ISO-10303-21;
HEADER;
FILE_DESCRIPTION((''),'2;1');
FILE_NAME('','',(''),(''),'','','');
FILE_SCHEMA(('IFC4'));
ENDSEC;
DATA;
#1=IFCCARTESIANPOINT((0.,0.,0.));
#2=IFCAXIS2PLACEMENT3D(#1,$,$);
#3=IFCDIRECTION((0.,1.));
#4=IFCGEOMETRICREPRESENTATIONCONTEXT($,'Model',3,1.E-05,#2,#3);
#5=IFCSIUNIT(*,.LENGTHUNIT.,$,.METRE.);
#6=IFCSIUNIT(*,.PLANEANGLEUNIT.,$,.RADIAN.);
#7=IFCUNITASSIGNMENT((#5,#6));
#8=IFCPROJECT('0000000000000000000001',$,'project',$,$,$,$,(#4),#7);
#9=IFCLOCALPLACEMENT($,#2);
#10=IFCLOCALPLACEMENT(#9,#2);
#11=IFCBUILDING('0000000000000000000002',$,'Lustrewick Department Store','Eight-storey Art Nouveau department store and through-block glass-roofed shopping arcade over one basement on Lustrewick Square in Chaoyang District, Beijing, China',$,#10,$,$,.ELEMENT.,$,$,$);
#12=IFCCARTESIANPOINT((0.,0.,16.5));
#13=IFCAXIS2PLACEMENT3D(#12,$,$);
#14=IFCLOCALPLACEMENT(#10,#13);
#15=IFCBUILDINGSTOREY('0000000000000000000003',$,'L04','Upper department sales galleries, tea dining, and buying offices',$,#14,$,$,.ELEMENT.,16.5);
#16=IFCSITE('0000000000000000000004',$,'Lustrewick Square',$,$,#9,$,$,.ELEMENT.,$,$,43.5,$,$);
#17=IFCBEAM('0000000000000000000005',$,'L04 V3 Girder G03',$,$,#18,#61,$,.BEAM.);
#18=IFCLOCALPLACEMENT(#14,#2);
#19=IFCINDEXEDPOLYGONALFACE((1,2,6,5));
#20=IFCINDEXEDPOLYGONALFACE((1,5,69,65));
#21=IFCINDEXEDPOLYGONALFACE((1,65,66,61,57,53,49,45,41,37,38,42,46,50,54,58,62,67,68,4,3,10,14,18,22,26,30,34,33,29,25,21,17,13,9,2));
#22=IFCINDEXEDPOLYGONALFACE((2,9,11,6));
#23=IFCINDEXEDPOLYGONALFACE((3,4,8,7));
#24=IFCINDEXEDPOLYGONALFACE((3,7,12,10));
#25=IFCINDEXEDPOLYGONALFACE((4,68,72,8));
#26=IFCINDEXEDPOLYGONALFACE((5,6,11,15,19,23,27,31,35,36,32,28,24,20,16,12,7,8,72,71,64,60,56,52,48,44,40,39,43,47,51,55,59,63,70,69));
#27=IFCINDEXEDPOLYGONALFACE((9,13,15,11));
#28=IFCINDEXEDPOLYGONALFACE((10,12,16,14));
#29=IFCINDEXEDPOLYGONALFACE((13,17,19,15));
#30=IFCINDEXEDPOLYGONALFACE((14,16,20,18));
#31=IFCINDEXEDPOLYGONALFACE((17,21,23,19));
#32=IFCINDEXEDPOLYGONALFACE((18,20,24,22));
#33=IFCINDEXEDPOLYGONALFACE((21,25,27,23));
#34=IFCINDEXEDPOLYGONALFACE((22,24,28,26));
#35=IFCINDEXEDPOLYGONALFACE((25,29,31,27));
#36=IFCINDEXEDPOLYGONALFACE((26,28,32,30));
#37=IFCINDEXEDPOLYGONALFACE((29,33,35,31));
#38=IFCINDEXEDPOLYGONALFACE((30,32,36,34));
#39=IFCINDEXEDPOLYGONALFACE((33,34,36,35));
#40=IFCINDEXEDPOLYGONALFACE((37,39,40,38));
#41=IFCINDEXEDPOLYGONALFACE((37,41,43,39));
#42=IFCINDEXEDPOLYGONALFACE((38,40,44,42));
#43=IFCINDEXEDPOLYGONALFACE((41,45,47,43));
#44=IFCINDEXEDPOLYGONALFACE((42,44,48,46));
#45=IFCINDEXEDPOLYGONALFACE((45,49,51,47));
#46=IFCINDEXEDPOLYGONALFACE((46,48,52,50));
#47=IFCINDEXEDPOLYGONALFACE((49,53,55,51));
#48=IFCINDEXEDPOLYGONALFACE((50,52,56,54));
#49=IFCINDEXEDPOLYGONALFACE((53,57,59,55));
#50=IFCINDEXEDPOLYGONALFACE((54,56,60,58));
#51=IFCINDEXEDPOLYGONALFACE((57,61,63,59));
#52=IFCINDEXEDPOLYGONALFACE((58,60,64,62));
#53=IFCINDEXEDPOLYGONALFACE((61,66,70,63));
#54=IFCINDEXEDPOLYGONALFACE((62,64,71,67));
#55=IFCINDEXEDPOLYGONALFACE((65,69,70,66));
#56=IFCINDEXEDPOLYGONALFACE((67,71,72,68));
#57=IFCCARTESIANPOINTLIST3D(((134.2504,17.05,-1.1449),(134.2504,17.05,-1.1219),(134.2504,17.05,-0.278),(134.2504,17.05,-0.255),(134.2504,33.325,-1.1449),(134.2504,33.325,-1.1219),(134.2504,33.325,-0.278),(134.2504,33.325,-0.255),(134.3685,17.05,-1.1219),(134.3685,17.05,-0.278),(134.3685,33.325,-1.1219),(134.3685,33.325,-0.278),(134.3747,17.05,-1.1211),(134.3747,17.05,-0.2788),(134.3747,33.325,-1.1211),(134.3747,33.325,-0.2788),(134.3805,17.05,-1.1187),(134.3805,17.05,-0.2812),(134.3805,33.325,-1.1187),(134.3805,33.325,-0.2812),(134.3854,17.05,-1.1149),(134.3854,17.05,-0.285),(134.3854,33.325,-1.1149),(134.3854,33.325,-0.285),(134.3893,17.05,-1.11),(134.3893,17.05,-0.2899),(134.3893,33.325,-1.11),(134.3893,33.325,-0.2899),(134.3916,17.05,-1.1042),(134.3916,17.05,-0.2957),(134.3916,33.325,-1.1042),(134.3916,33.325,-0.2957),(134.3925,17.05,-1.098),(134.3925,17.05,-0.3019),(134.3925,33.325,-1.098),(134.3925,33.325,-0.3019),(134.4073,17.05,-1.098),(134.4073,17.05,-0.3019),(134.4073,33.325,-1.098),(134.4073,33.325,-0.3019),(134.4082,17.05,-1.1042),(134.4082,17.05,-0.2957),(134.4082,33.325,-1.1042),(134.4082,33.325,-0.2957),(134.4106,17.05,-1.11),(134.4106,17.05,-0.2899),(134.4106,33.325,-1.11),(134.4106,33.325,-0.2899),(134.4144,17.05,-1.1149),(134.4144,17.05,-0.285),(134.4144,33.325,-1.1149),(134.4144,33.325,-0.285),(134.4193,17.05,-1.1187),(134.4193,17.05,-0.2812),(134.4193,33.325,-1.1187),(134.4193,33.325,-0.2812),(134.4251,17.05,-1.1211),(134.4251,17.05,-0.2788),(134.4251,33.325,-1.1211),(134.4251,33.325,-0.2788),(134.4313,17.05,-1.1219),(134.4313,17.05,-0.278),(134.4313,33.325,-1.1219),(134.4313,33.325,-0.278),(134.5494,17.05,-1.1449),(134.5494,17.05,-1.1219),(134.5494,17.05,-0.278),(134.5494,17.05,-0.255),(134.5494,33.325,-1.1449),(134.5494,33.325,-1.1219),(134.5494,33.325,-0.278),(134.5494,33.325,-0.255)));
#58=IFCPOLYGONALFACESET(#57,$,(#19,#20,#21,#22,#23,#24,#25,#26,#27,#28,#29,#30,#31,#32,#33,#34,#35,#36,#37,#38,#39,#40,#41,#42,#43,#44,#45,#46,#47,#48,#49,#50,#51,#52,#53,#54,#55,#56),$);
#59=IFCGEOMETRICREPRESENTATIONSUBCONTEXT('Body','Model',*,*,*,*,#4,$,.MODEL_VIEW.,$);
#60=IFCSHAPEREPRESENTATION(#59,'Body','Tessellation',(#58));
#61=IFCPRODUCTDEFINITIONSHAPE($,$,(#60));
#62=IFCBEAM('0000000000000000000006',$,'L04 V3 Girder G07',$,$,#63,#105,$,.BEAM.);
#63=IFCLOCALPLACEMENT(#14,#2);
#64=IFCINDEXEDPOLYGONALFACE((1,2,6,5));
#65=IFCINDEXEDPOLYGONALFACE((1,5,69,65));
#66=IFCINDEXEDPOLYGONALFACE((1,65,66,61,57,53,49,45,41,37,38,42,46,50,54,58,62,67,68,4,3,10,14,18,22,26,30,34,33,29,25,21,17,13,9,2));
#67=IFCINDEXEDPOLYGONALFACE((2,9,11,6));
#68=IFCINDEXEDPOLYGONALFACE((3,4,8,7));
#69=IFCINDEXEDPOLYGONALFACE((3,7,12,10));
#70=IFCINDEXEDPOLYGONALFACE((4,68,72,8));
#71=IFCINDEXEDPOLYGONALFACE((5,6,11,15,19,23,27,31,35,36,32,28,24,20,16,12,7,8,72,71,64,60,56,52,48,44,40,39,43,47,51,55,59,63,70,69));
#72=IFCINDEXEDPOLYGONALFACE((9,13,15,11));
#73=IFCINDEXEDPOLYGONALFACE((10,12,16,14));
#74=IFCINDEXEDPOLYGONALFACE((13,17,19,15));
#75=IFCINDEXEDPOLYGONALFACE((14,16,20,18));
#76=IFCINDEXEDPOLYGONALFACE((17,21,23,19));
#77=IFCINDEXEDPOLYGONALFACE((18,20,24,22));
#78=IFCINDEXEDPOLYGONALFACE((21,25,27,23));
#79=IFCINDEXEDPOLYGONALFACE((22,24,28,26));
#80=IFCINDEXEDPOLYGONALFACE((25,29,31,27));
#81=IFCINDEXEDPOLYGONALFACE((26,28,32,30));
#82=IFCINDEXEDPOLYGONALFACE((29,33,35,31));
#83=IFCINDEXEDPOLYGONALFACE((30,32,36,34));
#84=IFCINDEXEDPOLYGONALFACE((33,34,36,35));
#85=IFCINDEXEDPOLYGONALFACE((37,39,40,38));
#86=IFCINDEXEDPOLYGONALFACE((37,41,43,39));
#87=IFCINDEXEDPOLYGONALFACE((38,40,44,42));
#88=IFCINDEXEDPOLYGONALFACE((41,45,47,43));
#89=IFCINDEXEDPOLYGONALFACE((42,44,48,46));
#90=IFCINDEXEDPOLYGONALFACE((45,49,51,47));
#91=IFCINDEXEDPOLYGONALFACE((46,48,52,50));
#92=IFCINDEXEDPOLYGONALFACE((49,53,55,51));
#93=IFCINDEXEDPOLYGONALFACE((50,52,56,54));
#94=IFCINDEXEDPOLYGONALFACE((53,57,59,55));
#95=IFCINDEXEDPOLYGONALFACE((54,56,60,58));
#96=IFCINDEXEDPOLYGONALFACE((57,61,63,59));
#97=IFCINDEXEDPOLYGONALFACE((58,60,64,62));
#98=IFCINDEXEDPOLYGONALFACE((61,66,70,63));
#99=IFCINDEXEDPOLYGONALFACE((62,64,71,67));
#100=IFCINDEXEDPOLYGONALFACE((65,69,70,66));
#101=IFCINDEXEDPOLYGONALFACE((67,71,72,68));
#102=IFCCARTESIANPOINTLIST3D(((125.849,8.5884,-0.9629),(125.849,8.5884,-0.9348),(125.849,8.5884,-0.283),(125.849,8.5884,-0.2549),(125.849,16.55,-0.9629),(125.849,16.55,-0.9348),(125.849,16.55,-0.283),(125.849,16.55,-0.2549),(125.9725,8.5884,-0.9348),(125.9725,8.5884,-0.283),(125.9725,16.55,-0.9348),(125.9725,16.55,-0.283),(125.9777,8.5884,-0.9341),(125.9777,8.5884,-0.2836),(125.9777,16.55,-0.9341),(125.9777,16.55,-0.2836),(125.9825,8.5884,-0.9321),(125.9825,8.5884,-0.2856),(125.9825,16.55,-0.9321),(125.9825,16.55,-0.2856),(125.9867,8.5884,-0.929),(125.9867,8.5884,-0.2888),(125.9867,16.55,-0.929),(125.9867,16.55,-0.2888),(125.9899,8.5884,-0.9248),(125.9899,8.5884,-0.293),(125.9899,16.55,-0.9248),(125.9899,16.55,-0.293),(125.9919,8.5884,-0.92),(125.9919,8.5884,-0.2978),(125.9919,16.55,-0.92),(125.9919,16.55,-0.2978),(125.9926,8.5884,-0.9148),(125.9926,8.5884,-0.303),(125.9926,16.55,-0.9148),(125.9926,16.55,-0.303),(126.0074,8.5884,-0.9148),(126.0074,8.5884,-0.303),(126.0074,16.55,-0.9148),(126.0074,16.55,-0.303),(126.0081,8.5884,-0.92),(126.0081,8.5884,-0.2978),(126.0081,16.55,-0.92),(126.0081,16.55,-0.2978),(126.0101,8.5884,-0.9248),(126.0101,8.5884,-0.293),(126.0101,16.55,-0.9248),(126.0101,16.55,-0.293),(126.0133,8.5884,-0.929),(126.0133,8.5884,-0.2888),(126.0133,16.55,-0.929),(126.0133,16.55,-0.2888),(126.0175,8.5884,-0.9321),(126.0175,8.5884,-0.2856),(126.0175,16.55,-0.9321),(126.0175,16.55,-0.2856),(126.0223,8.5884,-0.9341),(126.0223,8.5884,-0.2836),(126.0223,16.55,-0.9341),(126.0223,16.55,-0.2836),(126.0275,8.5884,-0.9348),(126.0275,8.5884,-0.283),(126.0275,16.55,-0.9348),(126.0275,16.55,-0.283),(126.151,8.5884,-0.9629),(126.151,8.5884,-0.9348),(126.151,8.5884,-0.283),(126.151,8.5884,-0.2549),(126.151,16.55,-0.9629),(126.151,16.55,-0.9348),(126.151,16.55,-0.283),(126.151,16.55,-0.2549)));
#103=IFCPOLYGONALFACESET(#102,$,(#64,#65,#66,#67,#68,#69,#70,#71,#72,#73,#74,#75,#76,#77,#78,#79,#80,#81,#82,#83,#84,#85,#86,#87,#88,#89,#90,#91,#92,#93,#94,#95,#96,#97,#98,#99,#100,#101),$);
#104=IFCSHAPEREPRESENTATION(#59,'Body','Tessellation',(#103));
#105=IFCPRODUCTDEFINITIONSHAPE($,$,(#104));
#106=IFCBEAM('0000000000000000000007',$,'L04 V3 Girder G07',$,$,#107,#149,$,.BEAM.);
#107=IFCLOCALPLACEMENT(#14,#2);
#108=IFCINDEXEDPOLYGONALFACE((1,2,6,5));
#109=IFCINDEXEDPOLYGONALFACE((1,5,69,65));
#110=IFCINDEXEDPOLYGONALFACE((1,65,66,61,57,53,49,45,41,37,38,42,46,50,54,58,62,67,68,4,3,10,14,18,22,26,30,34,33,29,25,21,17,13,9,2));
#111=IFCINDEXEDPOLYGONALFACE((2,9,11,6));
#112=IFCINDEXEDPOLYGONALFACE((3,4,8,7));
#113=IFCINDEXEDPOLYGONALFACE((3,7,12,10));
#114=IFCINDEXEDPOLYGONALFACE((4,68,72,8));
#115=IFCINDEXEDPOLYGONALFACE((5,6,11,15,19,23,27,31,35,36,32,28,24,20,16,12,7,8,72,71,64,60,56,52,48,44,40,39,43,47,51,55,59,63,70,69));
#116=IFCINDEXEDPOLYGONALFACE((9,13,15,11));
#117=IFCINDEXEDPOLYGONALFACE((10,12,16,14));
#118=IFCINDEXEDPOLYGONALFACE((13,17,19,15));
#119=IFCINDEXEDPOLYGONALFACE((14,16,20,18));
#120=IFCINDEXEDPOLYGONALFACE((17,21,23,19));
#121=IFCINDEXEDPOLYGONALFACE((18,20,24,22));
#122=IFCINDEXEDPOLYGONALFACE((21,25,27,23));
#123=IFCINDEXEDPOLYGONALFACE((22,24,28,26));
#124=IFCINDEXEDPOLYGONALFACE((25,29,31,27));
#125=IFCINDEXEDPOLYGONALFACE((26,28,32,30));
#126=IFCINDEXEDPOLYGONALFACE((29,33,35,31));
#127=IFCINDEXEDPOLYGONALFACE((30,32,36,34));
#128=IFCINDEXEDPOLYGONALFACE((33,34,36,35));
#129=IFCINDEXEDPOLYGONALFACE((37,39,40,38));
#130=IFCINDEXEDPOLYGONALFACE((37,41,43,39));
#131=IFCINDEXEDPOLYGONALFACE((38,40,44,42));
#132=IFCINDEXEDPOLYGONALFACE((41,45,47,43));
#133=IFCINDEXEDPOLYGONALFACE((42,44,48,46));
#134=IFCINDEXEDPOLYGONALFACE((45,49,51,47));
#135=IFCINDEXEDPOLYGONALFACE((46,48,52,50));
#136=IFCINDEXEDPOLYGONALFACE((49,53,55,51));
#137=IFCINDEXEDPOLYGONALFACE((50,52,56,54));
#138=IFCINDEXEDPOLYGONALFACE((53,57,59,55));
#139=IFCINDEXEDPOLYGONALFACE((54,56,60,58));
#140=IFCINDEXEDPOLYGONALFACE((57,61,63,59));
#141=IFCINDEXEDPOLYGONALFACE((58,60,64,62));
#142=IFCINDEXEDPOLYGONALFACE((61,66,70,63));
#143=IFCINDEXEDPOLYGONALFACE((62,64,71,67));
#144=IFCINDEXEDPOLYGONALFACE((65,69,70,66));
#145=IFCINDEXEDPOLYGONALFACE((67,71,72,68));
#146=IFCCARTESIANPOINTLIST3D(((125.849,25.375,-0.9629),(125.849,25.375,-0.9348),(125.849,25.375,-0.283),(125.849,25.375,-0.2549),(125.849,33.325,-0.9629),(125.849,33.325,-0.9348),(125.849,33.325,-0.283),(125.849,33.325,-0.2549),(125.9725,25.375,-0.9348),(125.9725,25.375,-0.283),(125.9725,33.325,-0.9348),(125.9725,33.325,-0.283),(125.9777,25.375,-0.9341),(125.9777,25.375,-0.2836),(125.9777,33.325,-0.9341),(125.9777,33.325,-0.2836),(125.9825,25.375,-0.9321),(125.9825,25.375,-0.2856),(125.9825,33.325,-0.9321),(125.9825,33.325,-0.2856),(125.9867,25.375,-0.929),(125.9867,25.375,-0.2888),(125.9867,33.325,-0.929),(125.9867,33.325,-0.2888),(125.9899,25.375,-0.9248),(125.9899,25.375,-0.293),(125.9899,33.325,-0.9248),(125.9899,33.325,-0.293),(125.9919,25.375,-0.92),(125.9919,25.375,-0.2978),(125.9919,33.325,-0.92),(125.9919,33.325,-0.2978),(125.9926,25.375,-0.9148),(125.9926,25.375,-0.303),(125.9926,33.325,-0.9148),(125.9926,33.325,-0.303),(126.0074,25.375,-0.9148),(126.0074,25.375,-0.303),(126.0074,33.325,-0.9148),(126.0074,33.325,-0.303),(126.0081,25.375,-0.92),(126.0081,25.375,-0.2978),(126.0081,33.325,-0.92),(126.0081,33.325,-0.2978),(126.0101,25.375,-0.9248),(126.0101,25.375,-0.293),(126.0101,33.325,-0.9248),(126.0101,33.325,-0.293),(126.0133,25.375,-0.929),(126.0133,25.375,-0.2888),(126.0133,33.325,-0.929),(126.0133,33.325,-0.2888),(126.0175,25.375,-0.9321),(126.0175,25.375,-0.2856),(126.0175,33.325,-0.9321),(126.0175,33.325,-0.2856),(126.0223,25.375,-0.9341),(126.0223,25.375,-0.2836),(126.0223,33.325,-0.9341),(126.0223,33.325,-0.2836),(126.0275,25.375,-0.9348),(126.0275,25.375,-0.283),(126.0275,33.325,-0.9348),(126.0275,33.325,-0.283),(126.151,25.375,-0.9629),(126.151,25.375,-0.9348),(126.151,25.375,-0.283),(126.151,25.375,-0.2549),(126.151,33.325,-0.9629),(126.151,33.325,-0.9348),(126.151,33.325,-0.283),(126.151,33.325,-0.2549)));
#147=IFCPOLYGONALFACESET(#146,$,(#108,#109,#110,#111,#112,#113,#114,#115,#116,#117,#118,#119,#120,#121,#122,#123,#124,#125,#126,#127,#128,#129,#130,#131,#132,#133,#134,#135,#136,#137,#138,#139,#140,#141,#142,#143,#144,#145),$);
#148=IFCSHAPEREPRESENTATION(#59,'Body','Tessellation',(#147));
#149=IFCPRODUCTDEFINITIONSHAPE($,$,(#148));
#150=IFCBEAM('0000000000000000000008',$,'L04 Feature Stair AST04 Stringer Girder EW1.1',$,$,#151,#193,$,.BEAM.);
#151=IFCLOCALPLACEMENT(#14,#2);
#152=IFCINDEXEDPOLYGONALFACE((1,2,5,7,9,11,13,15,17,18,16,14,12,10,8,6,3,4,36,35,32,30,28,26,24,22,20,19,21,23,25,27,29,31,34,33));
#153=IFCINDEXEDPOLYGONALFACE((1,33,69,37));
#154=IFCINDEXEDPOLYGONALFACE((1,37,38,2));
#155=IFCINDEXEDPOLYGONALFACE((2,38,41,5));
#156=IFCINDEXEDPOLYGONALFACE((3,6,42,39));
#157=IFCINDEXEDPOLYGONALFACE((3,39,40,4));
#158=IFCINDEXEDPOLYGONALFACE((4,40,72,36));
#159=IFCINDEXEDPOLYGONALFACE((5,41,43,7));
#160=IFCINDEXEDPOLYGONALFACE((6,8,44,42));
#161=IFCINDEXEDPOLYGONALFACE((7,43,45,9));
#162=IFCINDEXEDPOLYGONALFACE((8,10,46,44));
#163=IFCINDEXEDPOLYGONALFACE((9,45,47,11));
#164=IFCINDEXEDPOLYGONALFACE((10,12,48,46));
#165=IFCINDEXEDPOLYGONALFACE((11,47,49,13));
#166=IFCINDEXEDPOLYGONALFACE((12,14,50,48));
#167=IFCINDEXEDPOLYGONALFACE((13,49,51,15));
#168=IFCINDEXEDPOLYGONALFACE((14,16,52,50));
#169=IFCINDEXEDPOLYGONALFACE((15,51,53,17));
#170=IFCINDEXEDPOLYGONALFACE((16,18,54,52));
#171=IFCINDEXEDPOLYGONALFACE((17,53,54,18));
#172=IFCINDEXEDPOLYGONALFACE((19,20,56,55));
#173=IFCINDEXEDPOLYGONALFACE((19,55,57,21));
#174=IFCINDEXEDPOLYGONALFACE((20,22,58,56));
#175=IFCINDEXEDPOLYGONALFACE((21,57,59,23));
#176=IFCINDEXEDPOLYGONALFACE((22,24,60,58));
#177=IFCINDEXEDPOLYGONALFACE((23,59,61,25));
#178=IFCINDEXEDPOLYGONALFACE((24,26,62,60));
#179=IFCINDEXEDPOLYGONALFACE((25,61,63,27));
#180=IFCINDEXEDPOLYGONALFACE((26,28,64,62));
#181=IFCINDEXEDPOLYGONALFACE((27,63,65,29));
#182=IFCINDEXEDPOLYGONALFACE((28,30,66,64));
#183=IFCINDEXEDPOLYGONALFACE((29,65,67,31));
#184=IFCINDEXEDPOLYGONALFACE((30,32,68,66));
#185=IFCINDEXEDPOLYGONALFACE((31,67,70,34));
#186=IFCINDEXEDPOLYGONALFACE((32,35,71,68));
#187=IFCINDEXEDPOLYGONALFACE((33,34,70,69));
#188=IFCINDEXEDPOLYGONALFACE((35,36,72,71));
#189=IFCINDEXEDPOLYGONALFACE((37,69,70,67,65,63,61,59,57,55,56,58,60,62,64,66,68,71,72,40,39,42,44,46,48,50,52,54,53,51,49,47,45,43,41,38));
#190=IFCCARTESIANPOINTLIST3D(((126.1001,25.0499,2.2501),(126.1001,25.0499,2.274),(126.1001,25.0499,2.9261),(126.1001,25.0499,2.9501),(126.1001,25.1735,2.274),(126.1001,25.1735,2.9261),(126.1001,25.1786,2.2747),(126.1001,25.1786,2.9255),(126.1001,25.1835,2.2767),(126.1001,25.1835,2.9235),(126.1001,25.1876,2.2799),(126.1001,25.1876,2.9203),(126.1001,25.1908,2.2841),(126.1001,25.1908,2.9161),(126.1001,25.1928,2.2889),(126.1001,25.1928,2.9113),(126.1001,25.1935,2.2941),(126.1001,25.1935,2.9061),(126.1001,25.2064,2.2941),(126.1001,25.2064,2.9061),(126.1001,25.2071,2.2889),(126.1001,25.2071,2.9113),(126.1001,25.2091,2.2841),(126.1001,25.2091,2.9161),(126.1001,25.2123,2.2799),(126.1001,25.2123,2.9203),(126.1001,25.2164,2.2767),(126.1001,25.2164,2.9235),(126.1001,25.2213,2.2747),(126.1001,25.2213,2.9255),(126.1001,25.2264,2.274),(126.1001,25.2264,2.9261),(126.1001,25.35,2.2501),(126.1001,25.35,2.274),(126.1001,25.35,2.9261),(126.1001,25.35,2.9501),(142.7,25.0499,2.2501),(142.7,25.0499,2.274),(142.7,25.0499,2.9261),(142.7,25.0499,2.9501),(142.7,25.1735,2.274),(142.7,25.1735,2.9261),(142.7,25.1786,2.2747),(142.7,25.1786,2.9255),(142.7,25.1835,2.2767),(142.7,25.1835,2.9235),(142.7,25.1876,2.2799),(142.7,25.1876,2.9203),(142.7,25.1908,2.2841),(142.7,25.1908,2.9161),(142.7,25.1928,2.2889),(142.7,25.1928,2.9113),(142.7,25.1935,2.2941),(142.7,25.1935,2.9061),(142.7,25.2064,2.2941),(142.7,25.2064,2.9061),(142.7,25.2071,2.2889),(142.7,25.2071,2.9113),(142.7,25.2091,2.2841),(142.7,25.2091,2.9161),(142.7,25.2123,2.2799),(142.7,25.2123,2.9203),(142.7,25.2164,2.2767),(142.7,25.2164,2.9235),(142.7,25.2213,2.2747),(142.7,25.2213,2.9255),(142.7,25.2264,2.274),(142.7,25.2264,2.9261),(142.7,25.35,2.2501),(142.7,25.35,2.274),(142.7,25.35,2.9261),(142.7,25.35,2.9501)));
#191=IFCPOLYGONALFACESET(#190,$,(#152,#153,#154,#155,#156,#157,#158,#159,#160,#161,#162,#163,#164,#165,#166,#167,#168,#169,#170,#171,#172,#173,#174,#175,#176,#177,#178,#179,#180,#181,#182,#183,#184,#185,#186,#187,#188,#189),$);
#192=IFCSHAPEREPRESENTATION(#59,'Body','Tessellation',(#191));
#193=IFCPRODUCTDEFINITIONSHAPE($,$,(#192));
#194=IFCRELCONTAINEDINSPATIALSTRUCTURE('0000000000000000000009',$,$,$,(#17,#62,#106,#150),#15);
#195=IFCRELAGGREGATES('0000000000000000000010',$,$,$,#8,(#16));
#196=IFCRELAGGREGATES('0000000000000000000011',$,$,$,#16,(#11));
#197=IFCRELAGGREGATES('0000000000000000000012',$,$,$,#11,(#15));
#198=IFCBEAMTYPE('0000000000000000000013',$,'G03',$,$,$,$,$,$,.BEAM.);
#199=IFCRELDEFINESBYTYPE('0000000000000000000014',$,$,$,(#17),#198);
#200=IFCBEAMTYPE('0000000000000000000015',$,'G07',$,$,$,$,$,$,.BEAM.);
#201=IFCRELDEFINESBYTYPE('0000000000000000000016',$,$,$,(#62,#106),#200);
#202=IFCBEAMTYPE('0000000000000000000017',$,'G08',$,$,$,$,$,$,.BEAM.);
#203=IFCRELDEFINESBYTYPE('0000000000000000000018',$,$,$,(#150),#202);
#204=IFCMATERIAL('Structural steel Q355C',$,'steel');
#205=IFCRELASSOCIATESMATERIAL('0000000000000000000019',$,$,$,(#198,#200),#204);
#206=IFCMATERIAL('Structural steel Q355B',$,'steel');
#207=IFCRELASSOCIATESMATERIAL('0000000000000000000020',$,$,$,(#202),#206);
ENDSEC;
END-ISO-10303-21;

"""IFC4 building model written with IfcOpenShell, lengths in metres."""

from ifc_helpers import new_model, si_unit, direction, frame, origin, origin_2d, place, context, subcontext, project, spatial, i_section, extrude, material, material_profile, profile_set, type_object, element, save


model = new_model("IFC4")

# Units and contexts
model_context = context("Model", 3, precision=1e-05, world=origin(), true_north=direction((0.0, 1.0)))
body_context = subcontext(model_context, "Body", "Model", "MODEL_VIEW")
ifc_project = project(units=[si_unit("LENGTHUNIT", "METRE"), si_unit("PLANEANGLEUNIT", "RADIAN")], contexts=[model_context])

# Site, building, storey
site_placement = place(None, origin())
site = spatial("IfcSite", under=ifc_project, at=site_placement, Name="Lustrewick Square", CompositionType="ELEMENT", RefElevation=43.5)
building_placement = place(site_placement, origin())
building = spatial("IfcBuilding", under=site, at=building_placement, Name="Lustrewick Department Store", Description="Eight-storey Art Nouveau department store and through-block glass-roofed shopping arcade over one basement on Lustrewick Square in Chaoyang District, Beijing, China", CompositionType="ELEMENT")
storey_placement = place(building_placement, frame((0.0, 0.0, 16.5)))
storey = spatial("IfcBuildingStorey", under=building, at=storey_placement, Name="L04", Description="Upper department sales galleries, tea dining, and buying offices", CompositionType="ELEMENT", Elevation=16.5)

# Shared definitions
ifc_material_1 = material(Name="Structural steel Q355C", Category="steel")

# Beams
ifc_material_2 = material(Name="Structural steel Q355B", Category="steel")
ifc_material_profile_1 = material_profile(ifc_material_1, i_section(OverallWidth=0.2991, OverallDepth=0.8899, WebThickness=0.0149, FlangeThickness=0.0229, FilletRadius=0.0239, at=origin_2d()), Name="HN 890x299x15x23")
ifc_profile_set_1 = profile_set([ifc_material_profile_1], Name="Structural steel Q355C")
beam_type_1 = type_object("IfcBeamType", Name="G03", PredefinedType="BEAM", material=ifc_profile_set_1)
beam_1_placement = place(storey_placement, frame((134.3999, 17.05, -0.7), z_axis=(0.0, 1.0, 0.0), x_axis=(-1.0, 0.0, 0.0)))
element("IfcBeam", 1, at=beam_1_placement, inside=storey, type_object=beam_type_1, Name="L04 V3 Girder G03", PredefinedType="BEAM", context=body_context, shape_type="SweptSolid", body=[
    extrude(i_section(OverallWidth=0.2991, OverallDepth=0.8899, WebThickness=0.0149, FlangeThickness=0.0229, FilletRadius=0.0239, at=origin_2d()), origin(), (0.0, 0.0, 1.0), 16.2749),
])
ifc_material_profile_2 = material_profile(ifc_material_1, i_section(OverallWidth=0.302, OverallDepth=0.708, WebThickness=0.0149, FlangeThickness=0.0281, FilletRadius=0.02, at=origin_2d()), Name="HN 708x302x15x28")
ifc_profile_set_2 = profile_set([ifc_material_profile_2], Name="Structural steel Q355C")
beam_type_2 = type_object("IfcBeamType", Name="G07", PredefinedType="BEAM", material=ifc_profile_set_2)
beam_2_placement = place(storey_placement, frame((126.0, 8.5884, -0.6089), z_axis=(0.0, 1.0, 0.0), x_axis=(-1.0, 0.0, 0.0)))
element("IfcBeam", 2, at=beam_2_placement, inside=storey, type_object=beam_type_2, Name="L04 V3 Girder G07", PredefinedType="BEAM", context=body_context, shape_type="SweptSolid", body=[
    extrude(i_section(OverallWidth=0.302, OverallDepth=0.708, WebThickness=0.0149, FlangeThickness=0.0281, FilletRadius=0.02, at=origin_2d()), origin(), (0.0, 0.0, 1.0), 7.9617),
])
beam_3_placement = place(storey_placement, frame((126.0, 25.375, -0.6089), z_axis=(0.0, 1.0, 0.0), x_axis=(-1.0, 0.0, 0.0)))
element("IfcBeam", 3, at=beam_3_placement, inside=storey, type_object=beam_type_2, Name="L04 V3 Girder G07", PredefinedType="BEAM", context=body_context, shape_type="SweptSolid", body=[
    extrude(i_section(OverallWidth=0.302, OverallDepth=0.708, WebThickness=0.0149, FlangeThickness=0.0281, FilletRadius=0.02, at=origin_2d()), origin(), (0.0, 0.0, 1.0), 7.95),
])
ifc_material_profile_3 = material_profile(ifc_material_2, i_section(OverallWidth=0.3, OverallDepth=0.7, WebThickness=0.0129, FlangeThickness=0.0239, FilletRadius=0.02, at=origin_2d()), Name="HN 700x300x13x24")
ifc_profile_set_3 = profile_set([ifc_material_profile_3], Name="Structural steel Q355B")
beam_type_3 = type_object("IfcBeamType", Name="G08", PredefinedType="BEAM", material=ifc_profile_set_3)
beam_4_placement = place(storey_placement, frame((126.1001, 25.2, 2.6001), z_axis=(1.0, 0.0, 0.0), x_axis=(0.0, 1.0, 0.0)))
element("IfcBeam", 4, at=beam_4_placement, inside=storey, type_object=beam_type_3, Name="L04 Feature Stair AST04 Stringer Girder EW1.1", PredefinedType="BEAM", context=body_context, shape_type="SweptSolid", body=[
    extrude(i_section(OverallWidth=0.3, OverallDepth=0.7, WebThickness=0.0129, FlangeThickness=0.0239, FilletRadius=0.02, at=origin_2d()), origin(), (0.0, 0.0, 1.0), 16.5999),
])

save(model, "model.ifc")
